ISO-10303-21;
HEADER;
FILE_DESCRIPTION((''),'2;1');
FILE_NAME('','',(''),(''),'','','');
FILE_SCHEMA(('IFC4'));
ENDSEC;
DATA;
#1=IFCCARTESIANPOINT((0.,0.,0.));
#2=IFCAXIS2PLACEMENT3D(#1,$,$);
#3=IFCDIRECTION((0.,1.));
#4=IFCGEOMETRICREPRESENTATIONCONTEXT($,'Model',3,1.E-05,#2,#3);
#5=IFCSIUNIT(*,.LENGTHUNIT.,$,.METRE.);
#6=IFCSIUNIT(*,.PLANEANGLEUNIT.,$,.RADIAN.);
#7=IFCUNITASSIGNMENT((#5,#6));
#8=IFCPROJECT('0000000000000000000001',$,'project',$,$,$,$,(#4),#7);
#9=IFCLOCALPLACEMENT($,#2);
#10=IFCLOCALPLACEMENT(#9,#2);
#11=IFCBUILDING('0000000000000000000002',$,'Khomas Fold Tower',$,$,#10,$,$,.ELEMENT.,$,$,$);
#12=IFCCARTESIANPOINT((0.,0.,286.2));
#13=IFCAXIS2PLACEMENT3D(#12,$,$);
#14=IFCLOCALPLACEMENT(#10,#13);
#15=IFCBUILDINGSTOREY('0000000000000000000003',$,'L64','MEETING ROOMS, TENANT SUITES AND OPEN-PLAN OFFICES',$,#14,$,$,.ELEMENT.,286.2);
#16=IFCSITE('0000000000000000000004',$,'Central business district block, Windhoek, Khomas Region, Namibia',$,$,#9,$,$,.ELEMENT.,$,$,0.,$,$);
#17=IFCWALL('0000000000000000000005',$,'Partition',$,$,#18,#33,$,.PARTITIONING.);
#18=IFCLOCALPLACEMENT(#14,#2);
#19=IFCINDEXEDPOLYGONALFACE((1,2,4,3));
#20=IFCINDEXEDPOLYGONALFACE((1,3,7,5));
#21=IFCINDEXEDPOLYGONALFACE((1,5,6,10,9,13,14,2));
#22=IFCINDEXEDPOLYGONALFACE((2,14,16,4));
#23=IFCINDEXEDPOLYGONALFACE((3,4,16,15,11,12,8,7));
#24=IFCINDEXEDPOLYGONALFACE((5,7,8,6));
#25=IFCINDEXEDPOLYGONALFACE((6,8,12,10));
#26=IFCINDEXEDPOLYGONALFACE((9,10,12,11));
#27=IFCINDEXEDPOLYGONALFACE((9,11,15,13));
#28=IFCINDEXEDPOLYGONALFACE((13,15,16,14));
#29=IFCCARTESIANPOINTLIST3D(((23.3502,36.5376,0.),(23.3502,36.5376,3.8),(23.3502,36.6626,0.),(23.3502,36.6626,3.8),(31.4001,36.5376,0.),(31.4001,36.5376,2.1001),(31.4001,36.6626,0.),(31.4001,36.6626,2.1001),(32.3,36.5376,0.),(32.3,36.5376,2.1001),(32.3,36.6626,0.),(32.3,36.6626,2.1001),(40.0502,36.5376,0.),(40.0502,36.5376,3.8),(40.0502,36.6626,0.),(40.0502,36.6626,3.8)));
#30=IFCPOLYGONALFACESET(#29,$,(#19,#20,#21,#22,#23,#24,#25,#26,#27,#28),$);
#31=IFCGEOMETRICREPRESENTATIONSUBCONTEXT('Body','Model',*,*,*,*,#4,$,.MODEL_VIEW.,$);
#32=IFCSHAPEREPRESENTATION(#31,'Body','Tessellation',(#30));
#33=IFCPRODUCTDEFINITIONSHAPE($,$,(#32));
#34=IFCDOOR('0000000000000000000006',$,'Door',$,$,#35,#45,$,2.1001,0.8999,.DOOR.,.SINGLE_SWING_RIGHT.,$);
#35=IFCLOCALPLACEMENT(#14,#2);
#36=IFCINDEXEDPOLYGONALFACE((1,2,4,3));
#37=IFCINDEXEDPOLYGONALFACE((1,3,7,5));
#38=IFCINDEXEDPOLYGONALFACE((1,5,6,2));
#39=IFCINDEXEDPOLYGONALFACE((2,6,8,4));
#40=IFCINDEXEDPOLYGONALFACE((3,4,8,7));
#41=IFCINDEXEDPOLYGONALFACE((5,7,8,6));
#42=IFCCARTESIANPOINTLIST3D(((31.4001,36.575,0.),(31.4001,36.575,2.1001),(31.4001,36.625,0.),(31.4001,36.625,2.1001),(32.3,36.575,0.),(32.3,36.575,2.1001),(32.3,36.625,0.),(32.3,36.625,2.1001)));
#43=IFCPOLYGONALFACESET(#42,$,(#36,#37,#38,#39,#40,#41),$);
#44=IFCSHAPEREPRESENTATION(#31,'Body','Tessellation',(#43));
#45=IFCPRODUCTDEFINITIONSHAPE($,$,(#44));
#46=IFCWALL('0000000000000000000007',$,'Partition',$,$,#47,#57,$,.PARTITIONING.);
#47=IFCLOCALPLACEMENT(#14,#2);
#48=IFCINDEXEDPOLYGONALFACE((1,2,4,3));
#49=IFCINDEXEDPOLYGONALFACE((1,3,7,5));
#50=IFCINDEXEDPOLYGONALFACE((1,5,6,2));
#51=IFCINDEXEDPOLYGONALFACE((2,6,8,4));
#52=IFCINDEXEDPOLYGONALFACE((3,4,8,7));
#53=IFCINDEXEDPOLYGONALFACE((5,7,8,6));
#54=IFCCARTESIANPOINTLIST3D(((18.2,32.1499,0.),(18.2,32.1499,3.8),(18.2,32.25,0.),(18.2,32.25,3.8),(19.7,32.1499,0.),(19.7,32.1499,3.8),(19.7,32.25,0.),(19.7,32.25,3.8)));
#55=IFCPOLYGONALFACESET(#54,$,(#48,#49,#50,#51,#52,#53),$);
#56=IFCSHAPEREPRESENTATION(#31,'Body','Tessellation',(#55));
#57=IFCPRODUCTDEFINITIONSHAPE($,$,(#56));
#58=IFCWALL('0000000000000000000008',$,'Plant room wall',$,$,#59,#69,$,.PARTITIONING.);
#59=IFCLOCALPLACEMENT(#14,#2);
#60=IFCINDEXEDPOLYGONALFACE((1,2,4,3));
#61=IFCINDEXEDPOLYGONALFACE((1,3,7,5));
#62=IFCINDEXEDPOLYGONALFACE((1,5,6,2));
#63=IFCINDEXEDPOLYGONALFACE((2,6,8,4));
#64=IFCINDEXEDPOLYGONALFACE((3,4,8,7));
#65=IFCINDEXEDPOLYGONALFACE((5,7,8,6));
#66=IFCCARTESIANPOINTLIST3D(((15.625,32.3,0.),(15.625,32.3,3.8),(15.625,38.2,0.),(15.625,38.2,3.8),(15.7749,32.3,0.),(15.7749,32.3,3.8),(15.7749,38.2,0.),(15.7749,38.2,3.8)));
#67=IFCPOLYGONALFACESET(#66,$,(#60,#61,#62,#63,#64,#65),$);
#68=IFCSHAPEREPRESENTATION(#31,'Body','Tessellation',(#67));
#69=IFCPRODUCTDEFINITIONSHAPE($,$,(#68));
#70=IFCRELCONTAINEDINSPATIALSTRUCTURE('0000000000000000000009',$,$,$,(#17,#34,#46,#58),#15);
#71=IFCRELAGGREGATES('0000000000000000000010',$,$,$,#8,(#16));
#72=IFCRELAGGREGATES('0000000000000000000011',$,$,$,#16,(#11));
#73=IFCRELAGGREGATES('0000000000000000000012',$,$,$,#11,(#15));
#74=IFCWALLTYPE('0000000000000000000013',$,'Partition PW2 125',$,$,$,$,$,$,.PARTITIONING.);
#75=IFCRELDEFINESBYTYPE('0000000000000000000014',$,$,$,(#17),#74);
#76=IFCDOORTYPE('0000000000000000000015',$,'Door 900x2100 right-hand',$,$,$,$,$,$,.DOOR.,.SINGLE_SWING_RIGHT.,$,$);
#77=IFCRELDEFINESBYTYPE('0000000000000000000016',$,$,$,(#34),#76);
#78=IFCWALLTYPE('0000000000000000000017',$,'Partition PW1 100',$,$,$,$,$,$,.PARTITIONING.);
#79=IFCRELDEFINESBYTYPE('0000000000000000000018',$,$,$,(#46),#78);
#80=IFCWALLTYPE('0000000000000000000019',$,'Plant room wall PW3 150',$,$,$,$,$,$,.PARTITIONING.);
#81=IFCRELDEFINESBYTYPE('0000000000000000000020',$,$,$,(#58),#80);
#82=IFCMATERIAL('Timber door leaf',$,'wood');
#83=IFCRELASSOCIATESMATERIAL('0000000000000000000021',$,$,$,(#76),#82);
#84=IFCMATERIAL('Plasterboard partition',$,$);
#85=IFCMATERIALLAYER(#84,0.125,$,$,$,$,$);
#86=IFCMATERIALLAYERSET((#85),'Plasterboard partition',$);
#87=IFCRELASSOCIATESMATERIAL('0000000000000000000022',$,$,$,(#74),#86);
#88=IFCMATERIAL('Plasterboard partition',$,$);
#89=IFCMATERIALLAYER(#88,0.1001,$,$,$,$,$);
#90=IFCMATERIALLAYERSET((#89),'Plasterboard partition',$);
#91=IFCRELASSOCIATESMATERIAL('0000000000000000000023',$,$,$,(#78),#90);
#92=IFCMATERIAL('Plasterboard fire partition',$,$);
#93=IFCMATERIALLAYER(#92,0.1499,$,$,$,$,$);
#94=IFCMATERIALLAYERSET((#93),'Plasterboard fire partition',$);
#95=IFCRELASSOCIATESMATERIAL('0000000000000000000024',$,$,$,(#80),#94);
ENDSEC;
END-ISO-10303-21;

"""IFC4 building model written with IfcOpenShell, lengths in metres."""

from ifc_helpers import new_model, si_unit, direction, frame, frame_2d, origin, place, context, subcontext, project, spatial, rectangle, extrude, source, transform, mapped, material, layer, layer_set, type_object, element, fill, save


model = new_model("IFC4")

# Units and contexts
model_context = context("Model", 3, precision=1e-05, world=origin(), true_north=direction((0.0, 1.0)))
body_context = subcontext(model_context, "Body", "Model", "MODEL_VIEW")
ifc_project = project(units=[si_unit("LENGTHUNIT", "METRE"), si_unit("PLANEANGLEUNIT", "RADIAN")], contexts=[model_context])

# Site, building, storey
site_placement = place(None, origin())
site = spatial("IfcSite", under=ifc_project, at=site_placement, Name="Central business district block, Windhoek, Khomas Region, Namibia", CompositionType="ELEMENT", RefElevation=0.0)
building_placement = place(site_placement, origin())
building = spatial("IfcBuilding", under=site, at=building_placement, Name="Khomas Fold Tower", CompositionType="ELEMENT")
storey_placement = place(building_placement, frame((0.0, 0.0, 286.2)))
storey = spatial("IfcBuildingStorey", under=building, at=storey_placement, Name="L64", Description="MEETING ROOMS, TENANT SUITES AND OPEN-PLAN OFFICES", CompositionType="ELEMENT", Elevation=286.2)

# Shared definitions
ifc_material_1 = material(Name="Timber door leaf", Category="wood")
door_type_1 = type_object("IfcDoorType", Name="Door 900x2100 right-hand", OperationType="SINGLE_SWING_RIGHT", PredefinedType="DOOR", material=ifc_material_1)

# Wall, opening, door
ifc_material_2 = material(Name="Plasterboard partition")
ifc_layer_1 = layer(ifc_material_2, 0.125)
ifc_layer_set_1 = layer_set([ifc_layer_1], Name="Plasterboard partition")
wall_type_1 = type_object("IfcWallType", Name="Partition PW2 125", PredefinedType="PARTITIONING", material=ifc_layer_set_1)
shared_shape_1 = source(origin(), body_context, "Body", "SweptSolid", [
    extrude(rectangle(XDim=16.7, YDim=0.125, at=frame_2d((8.3501, 0.0))), origin(), (0.0, 0.0, 1.0), 3.8),
])
wall_1_placement = place(storey_placement, frame((23.3501, 36.6001, 0.0), z_axis=(0.0, 0.0, 1.0), x_axis=(1.0, 0.0, 0.0)))
wall_1 = element("IfcWall", 1, at=wall_1_placement, inside=storey, type_object=wall_type_1, Name="Partition", PredefinedType="PARTITIONING", context=body_context, shape_type="MappedRepresentation", body=[
    mapped(shared_shape_1, transform((0.0, 0.0, 0.0))),
])
shared_shape_2 = source(origin(), body_context, "Body", "SweptSolid", [
    extrude(rectangle(XDim=0.8999, YDim=2.1001, at=frame_2d((0.45, 1.05))), frame((0.0, 0.0725, 0.0), z_axis=(0.0, -1.0, 0.0), x_axis=(1.0, 0.0, 0.0)), (0.0, 0.0, 1.0), 0.145),
])
opening_1_placement = place(wall_1_placement, frame((8.05, 0.0, 0.0)))
opening_1 = element("IfcOpeningElement", 2, at=opening_1_placement, cuts=wall_1, PredefinedType="OPENING", context=body_context, shape_type="MappedRepresentation", body=[
    mapped(shared_shape_2, transform((0.0, 0.0, 0.0))),
])
shared_shape_3 = source(origin(), body_context, "Body", "SweptSolid", [
    extrude(rectangle(XDim=0.8999, YDim=2.1001, at=frame_2d((0.45, 1.05))), frame((0.0, 0.0249, 0.0), z_axis=(0.0, -1.0, 0.0), x_axis=(1.0, 0.0, 0.0)), (0.0, 0.0, 1.0), 0.05),
])
door_1_placement = place(opening_1_placement, origin())
door_1 = element("IfcDoor", 3, at=door_1_placement, inside=storey, type_object=door_type_1, Name="Door", OperationType="SINGLE_SWING_RIGHT", OverallHeight=2.1001, OverallWidth=0.8999, PredefinedType="DOOR", context=body_context, shape_type="MappedRepresentation", body=[
    mapped(shared_shape_3, transform((0.0, 0.0, 0.0))),
])
fill(opening_1, door_1)

# Walls
ifc_material_3 = material(Name="Plasterboard partition")
ifc_layer_2 = layer(ifc_material_3, 0.1001)
ifc_layer_set_2 = layer_set([ifc_layer_2], Name="Plasterboard partition")
wall_type_2 = type_object("IfcWallType", Name="Partition PW1 100", PredefinedType="PARTITIONING", material=ifc_layer_set_2)
shared_shape_4 = source(origin(), body_context, "Body", "SweptSolid", [
    extrude(rectangle(XDim=1.5, YDim=0.1001, at=frame_2d((0.75, 0.0))), origin(), (0.0, 0.0, 1.0), 3.8),
])
wall_2_placement = place(storey_placement, frame((18.2, 32.2, 0.0), z_axis=(0.0, 0.0, 1.0), x_axis=(1.0, 0.0, 0.0)))
element("IfcWall", 4, at=wall_2_placement, inside=storey, type_object=wall_type_2, Name="Partition", PredefinedType="PARTITIONING", context=body_context, shape_type="MappedRepresentation", body=[
    mapped(shared_shape_4, transform((0.0, 0.0, 0.0))),
])
ifc_material_4 = material(Name="Plasterboard fire partition")
ifc_layer_3 = layer(ifc_material_4, 0.1499)
ifc_layer_set_3 = layer_set([ifc_layer_3], Name="Plasterboard fire partition")
wall_type_3 = type_object("IfcWallType", Name="Plant room wall PW3 150", PredefinedType="PARTITIONING", material=ifc_layer_set_3)
shared_shape_5 = source(origin(), body_context, "Body", "SweptSolid", [
    extrude(rectangle(XDim=5.8999, YDim=0.1499, at=frame_2d((2.95, 0.0))), origin(), (0.0, 0.0, 1.0), 3.8),
])
wall_3_placement = place(storey_placement, frame((15.7, 32.3, 0.0), z_axis=(0.0, 0.0, 1.0), x_axis=(0.0, 1.0, 0.0)))
element("IfcWall", 5, at=wall_3_placement, inside=storey, type_object=wall_type_3, Name="Plant room wall", PredefinedType="PARTITIONING", context=body_context, shape_type="MappedRepresentation", body=[
    mapped(shared_shape_5, transform((0.0, 0.0, 0.0))),
])

save(model, "model.ifc")
